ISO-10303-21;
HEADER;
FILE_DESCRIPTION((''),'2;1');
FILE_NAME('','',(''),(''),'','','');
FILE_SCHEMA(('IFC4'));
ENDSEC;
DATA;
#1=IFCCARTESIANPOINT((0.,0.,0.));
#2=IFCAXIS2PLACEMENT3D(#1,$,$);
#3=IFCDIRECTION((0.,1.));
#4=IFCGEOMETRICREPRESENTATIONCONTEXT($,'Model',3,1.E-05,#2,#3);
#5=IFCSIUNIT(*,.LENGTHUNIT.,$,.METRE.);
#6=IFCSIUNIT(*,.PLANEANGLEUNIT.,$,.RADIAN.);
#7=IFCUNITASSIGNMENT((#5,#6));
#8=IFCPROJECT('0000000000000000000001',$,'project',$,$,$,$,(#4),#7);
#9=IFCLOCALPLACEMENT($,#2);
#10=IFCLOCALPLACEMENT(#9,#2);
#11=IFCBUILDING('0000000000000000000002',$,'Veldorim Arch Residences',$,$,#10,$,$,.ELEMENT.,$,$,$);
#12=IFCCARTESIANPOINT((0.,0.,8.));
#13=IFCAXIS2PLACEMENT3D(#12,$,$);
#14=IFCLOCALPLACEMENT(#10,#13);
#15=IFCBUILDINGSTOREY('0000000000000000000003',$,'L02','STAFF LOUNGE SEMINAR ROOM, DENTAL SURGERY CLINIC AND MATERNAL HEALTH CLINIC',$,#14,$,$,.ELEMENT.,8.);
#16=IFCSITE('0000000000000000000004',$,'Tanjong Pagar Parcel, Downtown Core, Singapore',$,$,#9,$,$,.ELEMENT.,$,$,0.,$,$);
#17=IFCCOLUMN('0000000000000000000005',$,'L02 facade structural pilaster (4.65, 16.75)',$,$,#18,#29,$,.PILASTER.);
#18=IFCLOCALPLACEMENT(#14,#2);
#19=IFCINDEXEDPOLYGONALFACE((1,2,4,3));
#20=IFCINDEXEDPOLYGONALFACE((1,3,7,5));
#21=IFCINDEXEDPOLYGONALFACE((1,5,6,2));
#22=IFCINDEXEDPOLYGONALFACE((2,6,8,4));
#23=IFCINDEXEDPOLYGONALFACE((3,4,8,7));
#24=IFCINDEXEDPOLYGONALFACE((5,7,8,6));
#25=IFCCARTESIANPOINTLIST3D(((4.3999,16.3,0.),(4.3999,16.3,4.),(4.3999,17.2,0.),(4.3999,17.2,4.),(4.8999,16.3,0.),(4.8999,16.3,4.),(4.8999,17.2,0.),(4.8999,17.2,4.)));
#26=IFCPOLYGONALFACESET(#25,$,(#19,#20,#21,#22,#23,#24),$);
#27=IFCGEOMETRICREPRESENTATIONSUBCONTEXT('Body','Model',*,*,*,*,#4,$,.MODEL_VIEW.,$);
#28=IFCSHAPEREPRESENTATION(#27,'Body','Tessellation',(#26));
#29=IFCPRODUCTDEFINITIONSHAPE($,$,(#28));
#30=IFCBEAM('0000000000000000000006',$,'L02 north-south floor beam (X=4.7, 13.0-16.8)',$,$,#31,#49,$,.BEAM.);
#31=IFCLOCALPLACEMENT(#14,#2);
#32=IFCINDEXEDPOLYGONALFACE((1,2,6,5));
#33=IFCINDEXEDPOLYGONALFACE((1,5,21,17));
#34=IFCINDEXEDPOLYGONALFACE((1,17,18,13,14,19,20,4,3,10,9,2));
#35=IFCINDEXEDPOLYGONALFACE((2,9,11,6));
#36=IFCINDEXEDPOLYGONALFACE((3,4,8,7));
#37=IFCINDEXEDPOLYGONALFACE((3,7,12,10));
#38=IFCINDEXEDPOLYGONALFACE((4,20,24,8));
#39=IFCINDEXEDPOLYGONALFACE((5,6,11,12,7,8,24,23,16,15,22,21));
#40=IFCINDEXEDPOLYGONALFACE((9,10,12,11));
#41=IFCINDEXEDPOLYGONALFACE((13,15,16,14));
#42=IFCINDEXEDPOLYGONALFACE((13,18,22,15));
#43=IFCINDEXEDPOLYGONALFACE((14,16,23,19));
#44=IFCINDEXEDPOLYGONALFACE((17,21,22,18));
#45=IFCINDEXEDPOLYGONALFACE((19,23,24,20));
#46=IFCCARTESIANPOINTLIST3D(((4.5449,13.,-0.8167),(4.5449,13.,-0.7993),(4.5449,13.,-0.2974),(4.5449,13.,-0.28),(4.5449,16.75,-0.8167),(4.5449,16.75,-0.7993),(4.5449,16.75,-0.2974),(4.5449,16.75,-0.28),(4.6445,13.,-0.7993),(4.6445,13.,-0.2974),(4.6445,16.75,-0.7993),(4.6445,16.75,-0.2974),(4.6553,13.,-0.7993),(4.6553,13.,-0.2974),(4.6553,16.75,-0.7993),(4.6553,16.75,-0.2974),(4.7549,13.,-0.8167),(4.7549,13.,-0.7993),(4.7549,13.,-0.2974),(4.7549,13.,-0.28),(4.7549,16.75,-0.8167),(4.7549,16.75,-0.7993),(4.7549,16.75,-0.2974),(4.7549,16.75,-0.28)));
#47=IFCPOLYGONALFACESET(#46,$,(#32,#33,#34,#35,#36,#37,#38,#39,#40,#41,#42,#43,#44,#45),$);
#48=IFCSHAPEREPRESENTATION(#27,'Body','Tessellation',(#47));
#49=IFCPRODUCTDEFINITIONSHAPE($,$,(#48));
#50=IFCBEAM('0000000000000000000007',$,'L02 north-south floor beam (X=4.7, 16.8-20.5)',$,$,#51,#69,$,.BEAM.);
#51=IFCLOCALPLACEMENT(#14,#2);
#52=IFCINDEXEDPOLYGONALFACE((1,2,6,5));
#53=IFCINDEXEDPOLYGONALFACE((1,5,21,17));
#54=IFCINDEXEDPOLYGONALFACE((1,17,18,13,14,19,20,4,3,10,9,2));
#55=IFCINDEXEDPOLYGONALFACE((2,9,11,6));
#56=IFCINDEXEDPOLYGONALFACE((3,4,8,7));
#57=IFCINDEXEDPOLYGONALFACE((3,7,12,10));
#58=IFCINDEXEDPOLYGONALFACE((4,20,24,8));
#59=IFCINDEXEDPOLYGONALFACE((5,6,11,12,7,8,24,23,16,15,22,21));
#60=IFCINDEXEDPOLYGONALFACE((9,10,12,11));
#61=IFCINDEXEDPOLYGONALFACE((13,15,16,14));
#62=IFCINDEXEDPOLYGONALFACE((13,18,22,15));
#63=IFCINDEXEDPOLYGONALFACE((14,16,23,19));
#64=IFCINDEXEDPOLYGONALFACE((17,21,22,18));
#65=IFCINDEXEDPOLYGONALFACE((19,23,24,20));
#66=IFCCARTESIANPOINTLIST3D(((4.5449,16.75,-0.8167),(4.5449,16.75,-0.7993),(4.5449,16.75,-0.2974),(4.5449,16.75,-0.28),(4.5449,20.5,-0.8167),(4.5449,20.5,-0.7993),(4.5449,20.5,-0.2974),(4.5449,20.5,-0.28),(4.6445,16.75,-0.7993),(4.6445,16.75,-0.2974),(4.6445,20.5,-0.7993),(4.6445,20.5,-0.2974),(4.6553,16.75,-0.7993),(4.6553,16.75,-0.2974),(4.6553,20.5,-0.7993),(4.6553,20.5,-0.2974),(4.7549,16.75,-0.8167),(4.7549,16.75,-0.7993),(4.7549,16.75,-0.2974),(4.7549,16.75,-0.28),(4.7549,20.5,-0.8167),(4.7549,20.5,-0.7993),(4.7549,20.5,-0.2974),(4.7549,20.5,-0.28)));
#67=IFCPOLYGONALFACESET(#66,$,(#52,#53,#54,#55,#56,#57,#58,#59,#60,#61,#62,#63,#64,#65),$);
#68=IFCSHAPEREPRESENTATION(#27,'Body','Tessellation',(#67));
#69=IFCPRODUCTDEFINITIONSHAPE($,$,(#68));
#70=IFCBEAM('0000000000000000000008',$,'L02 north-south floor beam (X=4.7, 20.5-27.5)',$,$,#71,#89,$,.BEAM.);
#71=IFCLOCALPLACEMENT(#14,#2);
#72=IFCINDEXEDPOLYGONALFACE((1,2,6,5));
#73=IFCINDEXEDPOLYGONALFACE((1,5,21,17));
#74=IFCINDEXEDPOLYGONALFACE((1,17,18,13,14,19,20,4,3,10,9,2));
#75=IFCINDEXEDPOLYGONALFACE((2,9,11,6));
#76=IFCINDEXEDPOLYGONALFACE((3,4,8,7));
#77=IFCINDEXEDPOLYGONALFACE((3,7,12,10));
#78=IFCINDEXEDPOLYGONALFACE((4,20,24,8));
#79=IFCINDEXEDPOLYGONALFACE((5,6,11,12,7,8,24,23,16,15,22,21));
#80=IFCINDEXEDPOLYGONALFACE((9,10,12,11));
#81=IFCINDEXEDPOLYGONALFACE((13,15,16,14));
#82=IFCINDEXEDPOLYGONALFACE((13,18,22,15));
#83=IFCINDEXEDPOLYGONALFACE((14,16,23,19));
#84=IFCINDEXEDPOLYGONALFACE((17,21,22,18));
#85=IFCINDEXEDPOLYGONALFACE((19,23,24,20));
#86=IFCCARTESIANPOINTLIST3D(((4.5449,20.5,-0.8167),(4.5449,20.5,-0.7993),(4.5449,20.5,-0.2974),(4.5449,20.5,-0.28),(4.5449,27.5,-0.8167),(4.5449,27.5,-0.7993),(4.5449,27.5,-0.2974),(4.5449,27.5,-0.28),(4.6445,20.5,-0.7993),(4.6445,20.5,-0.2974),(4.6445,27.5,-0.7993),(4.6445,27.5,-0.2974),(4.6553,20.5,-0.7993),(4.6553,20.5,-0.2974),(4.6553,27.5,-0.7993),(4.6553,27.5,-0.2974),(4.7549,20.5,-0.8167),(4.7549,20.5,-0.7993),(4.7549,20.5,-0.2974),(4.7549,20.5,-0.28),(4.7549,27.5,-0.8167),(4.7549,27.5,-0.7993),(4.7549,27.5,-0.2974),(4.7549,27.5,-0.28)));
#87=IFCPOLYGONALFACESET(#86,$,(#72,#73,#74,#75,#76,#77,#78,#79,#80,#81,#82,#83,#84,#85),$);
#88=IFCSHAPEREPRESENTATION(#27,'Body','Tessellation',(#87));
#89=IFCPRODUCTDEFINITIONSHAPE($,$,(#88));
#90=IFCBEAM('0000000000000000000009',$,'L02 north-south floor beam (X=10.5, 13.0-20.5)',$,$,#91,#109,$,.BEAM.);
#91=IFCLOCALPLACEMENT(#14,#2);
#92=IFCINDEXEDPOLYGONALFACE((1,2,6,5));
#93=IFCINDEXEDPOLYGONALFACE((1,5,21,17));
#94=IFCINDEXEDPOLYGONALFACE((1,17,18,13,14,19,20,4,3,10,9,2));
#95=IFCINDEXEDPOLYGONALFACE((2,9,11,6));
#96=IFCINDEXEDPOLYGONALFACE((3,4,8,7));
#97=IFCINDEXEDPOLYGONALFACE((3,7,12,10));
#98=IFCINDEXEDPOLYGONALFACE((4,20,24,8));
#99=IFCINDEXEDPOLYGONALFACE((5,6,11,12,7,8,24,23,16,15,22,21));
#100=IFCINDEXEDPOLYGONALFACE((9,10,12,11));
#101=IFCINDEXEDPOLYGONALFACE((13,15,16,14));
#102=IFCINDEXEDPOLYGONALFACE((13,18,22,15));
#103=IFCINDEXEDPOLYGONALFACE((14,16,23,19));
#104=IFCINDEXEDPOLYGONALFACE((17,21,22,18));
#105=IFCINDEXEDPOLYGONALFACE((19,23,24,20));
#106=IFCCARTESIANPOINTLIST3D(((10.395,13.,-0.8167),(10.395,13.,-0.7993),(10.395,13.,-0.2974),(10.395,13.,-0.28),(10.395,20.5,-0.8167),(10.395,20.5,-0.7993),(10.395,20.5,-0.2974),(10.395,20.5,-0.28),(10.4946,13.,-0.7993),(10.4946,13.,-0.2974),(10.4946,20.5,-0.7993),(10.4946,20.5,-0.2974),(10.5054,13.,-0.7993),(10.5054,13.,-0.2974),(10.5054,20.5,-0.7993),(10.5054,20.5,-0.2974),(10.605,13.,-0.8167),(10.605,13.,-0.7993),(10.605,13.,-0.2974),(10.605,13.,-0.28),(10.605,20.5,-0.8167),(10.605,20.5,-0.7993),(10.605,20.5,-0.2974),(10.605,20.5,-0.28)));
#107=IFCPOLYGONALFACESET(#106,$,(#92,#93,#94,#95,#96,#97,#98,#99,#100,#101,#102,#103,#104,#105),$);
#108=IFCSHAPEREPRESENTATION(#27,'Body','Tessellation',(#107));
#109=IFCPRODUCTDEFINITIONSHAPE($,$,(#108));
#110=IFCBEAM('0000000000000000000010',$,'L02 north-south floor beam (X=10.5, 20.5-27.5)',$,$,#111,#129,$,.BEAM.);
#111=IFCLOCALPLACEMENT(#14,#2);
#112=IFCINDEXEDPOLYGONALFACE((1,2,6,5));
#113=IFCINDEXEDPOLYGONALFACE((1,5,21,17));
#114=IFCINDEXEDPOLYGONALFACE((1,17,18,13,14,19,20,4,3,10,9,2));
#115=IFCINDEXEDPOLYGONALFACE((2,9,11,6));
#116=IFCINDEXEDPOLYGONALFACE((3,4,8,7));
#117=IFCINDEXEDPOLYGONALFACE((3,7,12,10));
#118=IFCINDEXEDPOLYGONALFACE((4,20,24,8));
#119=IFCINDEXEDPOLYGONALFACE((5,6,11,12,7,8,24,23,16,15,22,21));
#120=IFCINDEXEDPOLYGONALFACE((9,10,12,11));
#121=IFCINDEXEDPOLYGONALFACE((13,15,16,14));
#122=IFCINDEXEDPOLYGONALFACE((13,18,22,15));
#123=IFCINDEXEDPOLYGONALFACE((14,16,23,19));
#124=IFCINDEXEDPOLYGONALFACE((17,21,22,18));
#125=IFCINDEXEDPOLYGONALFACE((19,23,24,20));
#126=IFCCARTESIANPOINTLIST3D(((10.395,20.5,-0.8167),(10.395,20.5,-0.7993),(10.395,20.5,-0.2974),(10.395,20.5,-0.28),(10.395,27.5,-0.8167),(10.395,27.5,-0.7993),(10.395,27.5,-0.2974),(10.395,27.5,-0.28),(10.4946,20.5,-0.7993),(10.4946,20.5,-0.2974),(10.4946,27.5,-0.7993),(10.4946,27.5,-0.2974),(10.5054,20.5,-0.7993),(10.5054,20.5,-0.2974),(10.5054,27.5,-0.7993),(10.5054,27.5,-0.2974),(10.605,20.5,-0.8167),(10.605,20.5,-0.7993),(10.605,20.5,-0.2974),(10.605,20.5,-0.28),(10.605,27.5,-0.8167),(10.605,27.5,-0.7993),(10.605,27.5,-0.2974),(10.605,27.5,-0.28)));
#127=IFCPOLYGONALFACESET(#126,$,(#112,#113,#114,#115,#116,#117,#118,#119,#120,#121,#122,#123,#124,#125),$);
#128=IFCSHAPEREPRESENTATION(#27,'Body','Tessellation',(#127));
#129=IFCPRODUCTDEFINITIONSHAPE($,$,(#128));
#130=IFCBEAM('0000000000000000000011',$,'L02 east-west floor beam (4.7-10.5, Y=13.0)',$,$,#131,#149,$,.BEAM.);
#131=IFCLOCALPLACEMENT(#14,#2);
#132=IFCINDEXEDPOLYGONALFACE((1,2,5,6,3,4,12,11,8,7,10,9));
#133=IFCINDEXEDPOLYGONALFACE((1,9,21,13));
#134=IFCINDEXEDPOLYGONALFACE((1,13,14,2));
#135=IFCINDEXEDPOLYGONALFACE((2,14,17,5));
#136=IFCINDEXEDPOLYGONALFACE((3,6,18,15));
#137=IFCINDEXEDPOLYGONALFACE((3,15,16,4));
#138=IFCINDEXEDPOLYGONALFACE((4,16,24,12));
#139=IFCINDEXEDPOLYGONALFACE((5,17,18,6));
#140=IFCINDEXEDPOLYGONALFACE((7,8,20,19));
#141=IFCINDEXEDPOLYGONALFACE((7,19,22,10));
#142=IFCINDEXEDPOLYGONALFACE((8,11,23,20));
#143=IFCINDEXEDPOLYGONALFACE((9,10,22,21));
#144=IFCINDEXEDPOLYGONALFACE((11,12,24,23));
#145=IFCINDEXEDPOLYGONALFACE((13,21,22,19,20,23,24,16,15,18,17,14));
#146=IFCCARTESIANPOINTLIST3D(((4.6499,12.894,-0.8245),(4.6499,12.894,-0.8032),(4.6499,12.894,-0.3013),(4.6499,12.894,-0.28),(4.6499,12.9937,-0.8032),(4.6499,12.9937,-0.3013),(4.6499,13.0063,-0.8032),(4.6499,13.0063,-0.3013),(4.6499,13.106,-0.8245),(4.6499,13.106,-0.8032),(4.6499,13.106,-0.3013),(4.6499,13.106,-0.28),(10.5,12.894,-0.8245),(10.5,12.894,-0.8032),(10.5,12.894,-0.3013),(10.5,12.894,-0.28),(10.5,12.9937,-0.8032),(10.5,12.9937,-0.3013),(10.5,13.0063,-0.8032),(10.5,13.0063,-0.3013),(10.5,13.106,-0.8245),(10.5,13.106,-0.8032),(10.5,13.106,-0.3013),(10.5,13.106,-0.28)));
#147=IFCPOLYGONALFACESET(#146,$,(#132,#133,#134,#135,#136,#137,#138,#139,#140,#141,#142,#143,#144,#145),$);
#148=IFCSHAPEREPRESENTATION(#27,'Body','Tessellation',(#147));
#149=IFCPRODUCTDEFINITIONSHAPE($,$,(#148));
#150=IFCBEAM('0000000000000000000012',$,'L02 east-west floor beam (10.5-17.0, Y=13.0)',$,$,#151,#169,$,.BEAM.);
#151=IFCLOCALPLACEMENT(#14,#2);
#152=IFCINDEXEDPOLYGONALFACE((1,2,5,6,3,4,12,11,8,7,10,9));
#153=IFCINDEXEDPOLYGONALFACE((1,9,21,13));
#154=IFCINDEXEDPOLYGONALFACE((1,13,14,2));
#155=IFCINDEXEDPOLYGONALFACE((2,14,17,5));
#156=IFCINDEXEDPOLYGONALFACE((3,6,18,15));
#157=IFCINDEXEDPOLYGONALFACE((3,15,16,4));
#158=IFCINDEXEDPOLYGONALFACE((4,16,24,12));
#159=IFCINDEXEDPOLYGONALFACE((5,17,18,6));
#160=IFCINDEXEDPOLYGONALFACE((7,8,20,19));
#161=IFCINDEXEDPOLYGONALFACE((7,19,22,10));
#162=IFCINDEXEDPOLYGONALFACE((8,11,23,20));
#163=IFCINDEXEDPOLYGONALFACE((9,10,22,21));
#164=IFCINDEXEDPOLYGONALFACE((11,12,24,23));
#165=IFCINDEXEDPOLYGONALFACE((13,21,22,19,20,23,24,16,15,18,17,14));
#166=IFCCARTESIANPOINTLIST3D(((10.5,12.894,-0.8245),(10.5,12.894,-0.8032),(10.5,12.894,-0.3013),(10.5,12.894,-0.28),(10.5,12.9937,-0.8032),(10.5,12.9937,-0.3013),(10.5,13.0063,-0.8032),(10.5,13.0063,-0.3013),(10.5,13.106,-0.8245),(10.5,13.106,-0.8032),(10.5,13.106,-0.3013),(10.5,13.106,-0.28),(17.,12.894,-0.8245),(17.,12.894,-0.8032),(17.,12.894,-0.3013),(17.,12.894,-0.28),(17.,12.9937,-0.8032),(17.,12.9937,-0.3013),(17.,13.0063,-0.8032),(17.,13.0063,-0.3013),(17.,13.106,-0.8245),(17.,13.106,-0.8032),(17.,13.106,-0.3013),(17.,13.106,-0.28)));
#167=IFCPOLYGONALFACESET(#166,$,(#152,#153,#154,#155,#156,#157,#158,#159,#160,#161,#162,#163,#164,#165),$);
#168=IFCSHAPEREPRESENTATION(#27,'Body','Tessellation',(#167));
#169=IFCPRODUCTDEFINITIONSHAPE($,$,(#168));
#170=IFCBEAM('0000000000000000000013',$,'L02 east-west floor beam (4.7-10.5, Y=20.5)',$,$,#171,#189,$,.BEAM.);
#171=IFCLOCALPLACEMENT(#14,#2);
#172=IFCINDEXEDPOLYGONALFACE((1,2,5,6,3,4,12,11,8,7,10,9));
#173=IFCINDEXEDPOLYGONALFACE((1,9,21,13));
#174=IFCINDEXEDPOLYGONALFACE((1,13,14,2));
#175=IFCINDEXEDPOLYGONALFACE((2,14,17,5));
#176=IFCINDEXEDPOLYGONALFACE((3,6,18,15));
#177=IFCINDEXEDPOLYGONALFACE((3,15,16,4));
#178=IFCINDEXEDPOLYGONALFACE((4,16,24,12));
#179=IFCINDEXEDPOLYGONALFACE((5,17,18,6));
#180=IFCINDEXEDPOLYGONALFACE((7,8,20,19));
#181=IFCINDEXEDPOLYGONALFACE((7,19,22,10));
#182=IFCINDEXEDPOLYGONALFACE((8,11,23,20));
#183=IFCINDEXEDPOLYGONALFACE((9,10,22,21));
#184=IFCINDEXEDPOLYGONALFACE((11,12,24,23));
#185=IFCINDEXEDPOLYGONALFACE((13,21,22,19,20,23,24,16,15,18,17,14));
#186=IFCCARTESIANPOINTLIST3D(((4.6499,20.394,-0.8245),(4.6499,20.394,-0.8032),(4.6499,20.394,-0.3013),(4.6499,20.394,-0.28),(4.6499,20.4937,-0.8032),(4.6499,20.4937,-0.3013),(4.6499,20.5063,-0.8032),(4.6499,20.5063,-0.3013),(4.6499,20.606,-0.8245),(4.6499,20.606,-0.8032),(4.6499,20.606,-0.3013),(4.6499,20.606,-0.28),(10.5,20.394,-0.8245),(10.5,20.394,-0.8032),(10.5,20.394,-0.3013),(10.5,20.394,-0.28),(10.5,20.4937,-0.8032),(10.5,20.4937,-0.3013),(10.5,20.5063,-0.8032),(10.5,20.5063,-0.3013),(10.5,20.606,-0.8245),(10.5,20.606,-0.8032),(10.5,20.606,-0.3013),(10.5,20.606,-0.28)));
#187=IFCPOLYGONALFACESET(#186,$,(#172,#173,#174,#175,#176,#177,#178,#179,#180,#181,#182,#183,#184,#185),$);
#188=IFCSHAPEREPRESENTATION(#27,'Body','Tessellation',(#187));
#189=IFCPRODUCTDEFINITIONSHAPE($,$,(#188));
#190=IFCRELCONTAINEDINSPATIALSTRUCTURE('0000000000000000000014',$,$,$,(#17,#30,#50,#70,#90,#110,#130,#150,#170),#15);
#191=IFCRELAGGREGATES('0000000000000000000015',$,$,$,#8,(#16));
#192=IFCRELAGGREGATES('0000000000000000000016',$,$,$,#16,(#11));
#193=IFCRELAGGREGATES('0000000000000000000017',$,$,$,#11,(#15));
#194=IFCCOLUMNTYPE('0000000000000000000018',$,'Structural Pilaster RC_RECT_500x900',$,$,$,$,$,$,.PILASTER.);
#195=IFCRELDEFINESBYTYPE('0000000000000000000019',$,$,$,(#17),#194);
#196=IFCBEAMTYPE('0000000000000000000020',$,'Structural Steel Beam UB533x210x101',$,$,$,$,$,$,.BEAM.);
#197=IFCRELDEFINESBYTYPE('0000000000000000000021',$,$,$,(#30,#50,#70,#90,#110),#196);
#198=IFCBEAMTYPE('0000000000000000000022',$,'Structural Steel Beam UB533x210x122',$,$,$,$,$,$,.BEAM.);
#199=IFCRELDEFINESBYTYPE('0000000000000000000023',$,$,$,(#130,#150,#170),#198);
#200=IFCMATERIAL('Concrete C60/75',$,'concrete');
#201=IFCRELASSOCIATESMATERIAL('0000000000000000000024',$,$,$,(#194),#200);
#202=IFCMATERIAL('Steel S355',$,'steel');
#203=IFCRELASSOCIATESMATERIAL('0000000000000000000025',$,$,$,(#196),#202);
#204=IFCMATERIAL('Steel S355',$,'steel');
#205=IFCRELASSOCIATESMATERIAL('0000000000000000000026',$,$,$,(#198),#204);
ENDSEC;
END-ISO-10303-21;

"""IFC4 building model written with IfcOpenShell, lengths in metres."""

from ifc_helpers import new_model, si_unit, direction, frame, origin, origin_2d, place, context, subcontext, project, spatial, rectangle, i_section, extrude, material, material_profile, profile_set, type_object, element, save


model = new_model("IFC4")

# Units and contexts
model_context = context("Model", 3, precision=1e-05, world=origin(), true_north=direction((0.0, 1.0)))
body_context = subcontext(model_context, "Body", "Model", "MODEL_VIEW")
ifc_project = project(units=[si_unit("LENGTHUNIT", "METRE"), si_unit("PLANEANGLEUNIT", "RADIAN")], contexts=[model_context])

# Site, building, storey
site_placement = place(None, origin())
site = spatial("IfcSite", under=ifc_project, at=site_placement, Name="Tanjong Pagar Parcel, Downtown Core, Singapore", CompositionType="ELEMENT", RefElevation=0.0)
building_placement = place(site_placement, origin())
building = spatial("IfcBuilding", under=site, at=building_placement, Name="Veldorim Arch Residences", CompositionType="ELEMENT")
storey_placement = place(building_placement, frame((0.0, 0.0, 8.0)))
storey = spatial("IfcBuildingStorey", under=building, at=storey_placement, Name="L02", Description="STAFF LOUNGE SEMINAR ROOM, DENTAL SURGERY CLINIC AND MATERNAL HEALTH CLINIC", CompositionType="ELEMENT", Elevation=8.0)

# Column
ifc_material_1 = material(Name="Concrete C60/75", Category="concrete")
ifc_material_profile_1 = material_profile(ifc_material_1, rectangle(XDim=0.5, YDim=0.8999, at=origin_2d()), Name="RC_RECT_500x900")
ifc_profile_set_1 = profile_set([ifc_material_profile_1], Name="Concrete C60/75")
column_type_1 = type_object("IfcColumnType", Name="Structural Pilaster RC_RECT_500x900", PredefinedType="PILASTER", material=ifc_profile_set_1)
column_placement = place(storey_placement, frame((4.6499, 16.75, 0.0), z_axis=(0.0, 0.0, 1.0), x_axis=(1.0, 0.0, 0.0)))
element("IfcColumn", 1, at=column_placement, inside=storey, type_object=column_type_1, Name="L02 facade structural pilaster (4.65, 16.75)", PredefinedType="PILASTER", context=body_context, shape_type="SweptSolid", body=[
    extrude(rectangle(XDim=0.5, YDim=0.8999, at=origin_2d()), origin(), (0.0, 0.0, 1.0), 4.0),
])

# Beams
ifc_material_2 = material(Name="Steel S355", Category="steel")
ifc_material_profile_2 = material_profile(ifc_material_2, i_section(OverallWidth=0.21, OverallDepth=0.5366, WebThickness=0.0107, FlangeThickness=0.0173, at=origin_2d()), Name="UB533x210x101")
ifc_profile_set_2 = profile_set([ifc_material_profile_2], Name="Steel S355")
beam_type_1 = type_object("IfcBeamType", Name="Structural Steel Beam UB533x210x101", PredefinedType="BEAM", material=ifc_profile_set_2)
for number, where, z_axis, x_axis, name in (
    (2, (4.6499, 13.0, -0.5483), (0.0, 1.0, 0.0), (-1.0, 0.0, 0.0), "L02 north-south floor beam (X=4.7, 13.0-16.8)"),
    (3, (4.6499, 16.75, -0.5483), (0.0, 1.0, 0.0), (-1.0, 0.0, 0.0), "L02 north-south floor beam (X=4.7, 16.8-20.5)"),
):
    element("IfcBeam", number, at=place(storey_placement, frame(where, z_axis=z_axis, x_axis=x_axis)), inside=storey, type_object=beam_type_1, Name=name, PredefinedType="BEAM", context=body_context, shape_type="SweptSolid", body=[
        extrude(i_section(OverallWidth=0.21, OverallDepth=0.5366, WebThickness=0.0107, FlangeThickness=0.0173, at=origin_2d()), origin(), (0.0, 0.0, 1.0), 3.75),
    ])
beam_1_placement = place(storey_placement, frame((4.6499, 20.5, -0.5483), z_axis=(0.0, 1.0, 0.0), x_axis=(-1.0, 0.0, 0.0)))
element("IfcBeam", 4, at=beam_1_placement, inside=storey, type_object=beam_type_1, Name="L02 north-south floor beam (X=4.7, 20.5-27.5)", PredefinedType="BEAM", context=body_context, shape_type="SweptSolid", body=[
    extrude(i_section(OverallWidth=0.21, OverallDepth=0.5366, WebThickness=0.0107, FlangeThickness=0.0173, at=origin_2d()), origin(), (0.0, 0.0, 1.0), 7.0),
])
beam_2_placement = place(storey_placement, frame((10.5, 13.0, -0.5483), z_axis=(0.0, 1.0, 0.0), x_axis=(-1.0, 0.0, 0.0)))
element("IfcBeam", 5, at=beam_2_placement, inside=storey, type_object=beam_type_1, Name="L02 north-south floor beam (X=10.5, 13.0-20.5)", PredefinedType="BEAM", context=body_context, shape_type="SweptSolid", body=[
    extrude(i_section(OverallWidth=0.21, OverallDepth=0.5366, WebThickness=0.0107, FlangeThickness=0.0173, at=origin_2d()), origin(), (0.0, 0.0, 1.0), 7.5),
])
beam_3_placement = place(storey_placement, frame((10.5, 20.5, -0.5483), z_axis=(0.0, 1.0, 0.0), x_axis=(-1.0, 0.0, 0.0)))
element("IfcBeam", 6, at=beam_3_placement, inside=storey, type_object=beam_type_1, Name="L02 north-south floor beam (X=10.5, 20.5-27.5)", PredefinedType="BEAM", context=body_context, shape_type="SweptSolid", body=[
    extrude(i_section(OverallWidth=0.21, OverallDepth=0.5366, WebThickness=0.0107, FlangeThickness=0.0173, at=origin_2d()), origin(), (0.0, 0.0, 1.0), 7.0),
])
ifc_material_3 = material(Name="Steel S355", Category="steel")
ifc_material_profile_3 = material_profile(ifc_material_3, i_section(OverallWidth=0.2119, OverallDepth=0.5444, WebThickness=0.0127, FlangeThickness=0.0212, at=origin_2d()), Name="UB533x210x122")
ifc_profile_set_3 = profile_set([ifc_material_profile_3], Name="Steel S355")
beam_type_2 = type_object("IfcBeamType", Name="Structural Steel Beam UB533x210x122", PredefinedType="BEAM", material=ifc_profile_set_3)
beam_4_placement = place(storey_placement, frame((4.6499, 13.0, -0.5522), z_axis=(1.0, 0.0, 0.0), x_axis=(0.0, 1.0, 0.0)))
element("IfcBeam", 7, at=beam_4_placement, inside=storey, type_object=beam_type_2, Name="L02 east-west floor beam (4.7-10.5, Y=13.0)", PredefinedType="BEAM", context=body_context, shape_type="SweptSolid", body=[
    extrude(i_section(OverallWidth=0.2119, OverallDepth=0.5444, WebThickness=0.0127, FlangeThickness=0.0212, at=origin_2d()), origin(), (0.0, 0.0, 1.0), 5.8501),
])
beam_5_placement = place(storey_placement, frame((10.5, 13.0, -0.5522), z_axis=(1.0, 0.0, 0.0), x_axis=(0.0, 1.0, 0.0)))
element("IfcBeam", 8, at=beam_5_placement, inside=storey, type_object=beam_type_2, Name="L02 east-west floor beam (10.5-17.0, Y=13.0)", PredefinedType="BEAM", context=body_context, shape_type="SweptSolid", body=[
    extrude(i_section(OverallWidth=0.2119, OverallDepth=0.5444, WebThickness=0.0127, FlangeThickness=0.0212, at=origin_2d()), origin(), (0.0, 0.0, 1.0), 6.5),
])
beam_6_placement = place(storey_placement, frame((4.6499, 20.5, -0.5522), z_axis=(1.0, 0.0, 0.0), x_axis=(0.0, 1.0, 0.0)))
element("IfcBeam", 9, at=beam_6_placement, inside=storey, type_object=beam_type_2, Name="L02 east-west floor beam (4.7-10.5, Y=20.5)", PredefinedType="BEAM", context=body_context, shape_type="SweptSolid", body=[
    extrude(i_section(OverallWidth=0.2119, OverallDepth=0.5444, WebThickness=0.0127, FlangeThickness=0.0212, at=origin_2d()), origin(), (0.0, 0.0, 1.0), 5.8501),
])

save(model, "model.ifc")
